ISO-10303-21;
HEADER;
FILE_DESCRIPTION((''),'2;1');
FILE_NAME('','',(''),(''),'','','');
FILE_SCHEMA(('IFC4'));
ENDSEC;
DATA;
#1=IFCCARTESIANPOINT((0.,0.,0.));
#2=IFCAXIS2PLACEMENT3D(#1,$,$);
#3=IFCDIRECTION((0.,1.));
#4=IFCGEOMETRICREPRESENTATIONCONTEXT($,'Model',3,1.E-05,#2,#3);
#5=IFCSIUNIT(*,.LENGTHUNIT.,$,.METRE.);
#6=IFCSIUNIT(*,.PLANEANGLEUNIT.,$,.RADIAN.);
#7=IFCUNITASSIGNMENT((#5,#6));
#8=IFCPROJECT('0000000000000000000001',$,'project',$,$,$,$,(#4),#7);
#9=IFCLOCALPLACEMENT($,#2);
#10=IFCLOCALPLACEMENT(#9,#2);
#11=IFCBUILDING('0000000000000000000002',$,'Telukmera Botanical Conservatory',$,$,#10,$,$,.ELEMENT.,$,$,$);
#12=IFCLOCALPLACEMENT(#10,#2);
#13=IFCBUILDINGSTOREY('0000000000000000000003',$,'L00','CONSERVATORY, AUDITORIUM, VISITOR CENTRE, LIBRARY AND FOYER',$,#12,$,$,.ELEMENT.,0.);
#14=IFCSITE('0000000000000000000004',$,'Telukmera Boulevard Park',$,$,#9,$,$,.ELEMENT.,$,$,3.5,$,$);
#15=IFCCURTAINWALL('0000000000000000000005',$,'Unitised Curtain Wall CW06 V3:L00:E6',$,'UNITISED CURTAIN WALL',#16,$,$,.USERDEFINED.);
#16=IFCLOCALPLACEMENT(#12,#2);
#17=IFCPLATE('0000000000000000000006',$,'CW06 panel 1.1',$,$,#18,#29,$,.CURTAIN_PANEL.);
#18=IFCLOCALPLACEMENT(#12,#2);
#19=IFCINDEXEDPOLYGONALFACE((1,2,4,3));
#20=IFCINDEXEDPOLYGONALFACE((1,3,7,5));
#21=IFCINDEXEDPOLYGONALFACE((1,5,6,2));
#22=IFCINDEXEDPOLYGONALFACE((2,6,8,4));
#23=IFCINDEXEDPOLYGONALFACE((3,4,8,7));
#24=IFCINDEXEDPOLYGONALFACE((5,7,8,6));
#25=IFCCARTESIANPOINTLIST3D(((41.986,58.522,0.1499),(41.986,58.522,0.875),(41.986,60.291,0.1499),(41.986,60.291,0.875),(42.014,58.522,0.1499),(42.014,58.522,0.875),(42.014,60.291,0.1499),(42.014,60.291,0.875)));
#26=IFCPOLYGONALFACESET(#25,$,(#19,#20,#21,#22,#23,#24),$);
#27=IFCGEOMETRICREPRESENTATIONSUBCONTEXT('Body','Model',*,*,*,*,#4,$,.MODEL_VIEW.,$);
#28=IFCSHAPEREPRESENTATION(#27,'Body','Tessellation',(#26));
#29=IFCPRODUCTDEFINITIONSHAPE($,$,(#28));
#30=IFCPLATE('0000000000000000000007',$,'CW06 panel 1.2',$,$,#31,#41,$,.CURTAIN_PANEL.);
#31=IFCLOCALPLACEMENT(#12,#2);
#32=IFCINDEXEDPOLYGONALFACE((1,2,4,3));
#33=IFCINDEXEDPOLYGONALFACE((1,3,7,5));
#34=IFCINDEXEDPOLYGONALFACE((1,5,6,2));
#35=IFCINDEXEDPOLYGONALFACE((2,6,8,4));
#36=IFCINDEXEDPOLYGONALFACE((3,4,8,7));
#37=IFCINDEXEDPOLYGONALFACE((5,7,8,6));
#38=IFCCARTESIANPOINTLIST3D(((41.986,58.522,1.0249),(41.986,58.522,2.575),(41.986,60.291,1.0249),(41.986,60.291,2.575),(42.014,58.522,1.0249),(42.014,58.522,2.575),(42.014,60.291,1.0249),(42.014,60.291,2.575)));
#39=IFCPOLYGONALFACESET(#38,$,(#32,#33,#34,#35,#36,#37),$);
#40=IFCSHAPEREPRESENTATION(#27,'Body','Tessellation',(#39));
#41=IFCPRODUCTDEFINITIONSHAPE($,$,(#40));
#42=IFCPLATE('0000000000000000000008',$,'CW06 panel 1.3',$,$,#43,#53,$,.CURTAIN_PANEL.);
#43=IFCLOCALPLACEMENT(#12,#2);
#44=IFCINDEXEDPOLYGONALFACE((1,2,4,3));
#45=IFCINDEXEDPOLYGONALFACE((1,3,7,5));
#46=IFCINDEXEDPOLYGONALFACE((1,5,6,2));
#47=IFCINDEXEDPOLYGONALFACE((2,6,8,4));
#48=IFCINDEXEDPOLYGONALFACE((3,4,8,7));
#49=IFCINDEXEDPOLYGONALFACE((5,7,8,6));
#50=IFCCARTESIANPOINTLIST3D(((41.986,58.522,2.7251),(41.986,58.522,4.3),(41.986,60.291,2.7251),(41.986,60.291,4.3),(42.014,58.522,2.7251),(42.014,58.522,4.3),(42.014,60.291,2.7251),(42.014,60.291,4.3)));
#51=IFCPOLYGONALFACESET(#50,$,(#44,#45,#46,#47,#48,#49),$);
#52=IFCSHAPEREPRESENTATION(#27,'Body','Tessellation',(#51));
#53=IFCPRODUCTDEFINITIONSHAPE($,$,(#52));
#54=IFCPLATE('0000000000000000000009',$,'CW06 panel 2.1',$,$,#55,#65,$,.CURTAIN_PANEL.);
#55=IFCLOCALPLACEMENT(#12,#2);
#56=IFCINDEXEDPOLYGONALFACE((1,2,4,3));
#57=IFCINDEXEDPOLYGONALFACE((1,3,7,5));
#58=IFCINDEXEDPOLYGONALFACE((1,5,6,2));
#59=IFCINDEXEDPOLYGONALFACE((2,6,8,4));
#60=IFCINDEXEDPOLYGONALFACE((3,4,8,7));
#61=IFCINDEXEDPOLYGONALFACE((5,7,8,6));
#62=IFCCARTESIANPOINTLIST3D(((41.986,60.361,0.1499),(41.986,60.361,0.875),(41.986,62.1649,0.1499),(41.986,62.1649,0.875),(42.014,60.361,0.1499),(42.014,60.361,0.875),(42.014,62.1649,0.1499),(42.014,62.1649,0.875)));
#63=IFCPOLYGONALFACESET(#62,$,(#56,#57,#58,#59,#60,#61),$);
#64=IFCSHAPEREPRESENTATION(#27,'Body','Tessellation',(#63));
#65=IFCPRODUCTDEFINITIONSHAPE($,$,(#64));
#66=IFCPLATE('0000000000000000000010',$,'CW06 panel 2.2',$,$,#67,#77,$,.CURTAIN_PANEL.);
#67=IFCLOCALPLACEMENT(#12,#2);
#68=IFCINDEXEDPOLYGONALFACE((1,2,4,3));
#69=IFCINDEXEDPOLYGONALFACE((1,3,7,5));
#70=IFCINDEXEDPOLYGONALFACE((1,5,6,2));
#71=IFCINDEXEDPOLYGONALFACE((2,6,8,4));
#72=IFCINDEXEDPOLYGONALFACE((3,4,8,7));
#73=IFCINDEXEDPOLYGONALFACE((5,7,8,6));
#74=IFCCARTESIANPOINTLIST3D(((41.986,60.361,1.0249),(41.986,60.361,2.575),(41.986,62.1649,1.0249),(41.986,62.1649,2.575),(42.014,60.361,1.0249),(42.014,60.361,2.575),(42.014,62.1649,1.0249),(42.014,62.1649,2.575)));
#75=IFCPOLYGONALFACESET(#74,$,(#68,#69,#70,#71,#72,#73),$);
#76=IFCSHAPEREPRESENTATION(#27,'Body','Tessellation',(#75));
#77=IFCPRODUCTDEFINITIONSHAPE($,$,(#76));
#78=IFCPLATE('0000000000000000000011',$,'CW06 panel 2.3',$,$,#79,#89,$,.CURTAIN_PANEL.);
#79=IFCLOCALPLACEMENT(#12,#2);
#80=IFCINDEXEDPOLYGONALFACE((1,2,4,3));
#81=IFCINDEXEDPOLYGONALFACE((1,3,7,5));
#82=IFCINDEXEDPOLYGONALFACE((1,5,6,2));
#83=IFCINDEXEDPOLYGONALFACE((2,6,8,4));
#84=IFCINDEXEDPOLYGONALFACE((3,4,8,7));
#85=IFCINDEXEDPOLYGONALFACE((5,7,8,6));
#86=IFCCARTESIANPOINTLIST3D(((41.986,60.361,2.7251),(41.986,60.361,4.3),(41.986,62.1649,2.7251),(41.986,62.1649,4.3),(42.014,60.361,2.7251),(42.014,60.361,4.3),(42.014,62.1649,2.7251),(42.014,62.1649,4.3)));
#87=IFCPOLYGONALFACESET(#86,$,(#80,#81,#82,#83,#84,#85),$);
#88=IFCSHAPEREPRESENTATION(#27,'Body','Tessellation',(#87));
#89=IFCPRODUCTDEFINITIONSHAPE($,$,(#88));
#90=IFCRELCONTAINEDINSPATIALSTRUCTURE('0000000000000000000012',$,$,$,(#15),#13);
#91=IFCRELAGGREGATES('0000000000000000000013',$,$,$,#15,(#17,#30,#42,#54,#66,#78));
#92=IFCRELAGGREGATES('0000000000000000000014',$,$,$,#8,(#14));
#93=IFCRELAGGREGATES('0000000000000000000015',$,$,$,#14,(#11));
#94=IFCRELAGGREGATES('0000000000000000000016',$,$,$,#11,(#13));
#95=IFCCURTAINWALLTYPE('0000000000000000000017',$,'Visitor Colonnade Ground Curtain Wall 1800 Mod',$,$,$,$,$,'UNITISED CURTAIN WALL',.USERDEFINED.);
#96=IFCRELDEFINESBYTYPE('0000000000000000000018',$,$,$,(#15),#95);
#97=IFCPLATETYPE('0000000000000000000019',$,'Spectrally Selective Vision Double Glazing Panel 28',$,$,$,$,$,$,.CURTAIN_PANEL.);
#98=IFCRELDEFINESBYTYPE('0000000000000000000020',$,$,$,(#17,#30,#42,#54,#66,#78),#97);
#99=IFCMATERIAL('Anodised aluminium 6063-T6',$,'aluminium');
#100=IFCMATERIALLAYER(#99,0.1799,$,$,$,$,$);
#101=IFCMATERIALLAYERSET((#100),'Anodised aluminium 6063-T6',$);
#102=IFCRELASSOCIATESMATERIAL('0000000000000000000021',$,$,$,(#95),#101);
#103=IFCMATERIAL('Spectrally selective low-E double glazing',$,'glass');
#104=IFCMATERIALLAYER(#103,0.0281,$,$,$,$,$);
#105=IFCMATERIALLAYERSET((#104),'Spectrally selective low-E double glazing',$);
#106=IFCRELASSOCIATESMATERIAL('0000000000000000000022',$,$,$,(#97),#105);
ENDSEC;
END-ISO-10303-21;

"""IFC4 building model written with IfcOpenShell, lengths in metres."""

from ifc_helpers import new_model, si_unit, direction, frame, origin, origin_2d, place, context, subcontext, project, spatial, rectangle, extrude, material, layer, layer_set, type_object, element, aggregate, save


model = new_model("IFC4")

# Units and contexts
model_context = context("Model", 3, precision=1e-05, world=origin(), true_north=direction((0.0, 1.0)))
body_context = subcontext(model_context, "Body", "Model", "MODEL_VIEW")
ifc_project = project(units=[si_unit("LENGTHUNIT", "METRE"), si_unit("PLANEANGLEUNIT", "RADIAN")], contexts=[model_context])

# Site, building, storey
site_placement = place(None, origin())
site = spatial("IfcSite", under=ifc_project, at=site_placement, Name="Telukmera Boulevard Park", CompositionType="ELEMENT", RefElevation=3.5)
building_placement = place(site_placement, origin())
building = spatial("IfcBuilding", under=site, at=building_placement, Name="Telukmera Botanical Conservatory", CompositionType="ELEMENT")
storey_placement = place(building_placement, origin())
storey = spatial("IfcBuildingStorey", under=building, at=storey_placement, Name="L00", Description="CONSERVATORY, AUDITORIUM, VISITOR CENTRE, LIBRARY AND FOYER", CompositionType="ELEMENT", Elevation=0.0)

# Curtain wall, plates
ifc_material_1 = material(Name="Anodised aluminium 6063-T6", Category="aluminium")
ifc_layer_1 = layer(ifc_material_1, 0.1799)
ifc_layer_set_1 = layer_set([ifc_layer_1], Name="Anodised aluminium 6063-T6")
curtain_wall_type = type_object("IfcCurtainWallType", Name="Visitor Colonnade Ground Curtain Wall 1800 Mod", ElementType="UNITISED CURTAIN WALL", PredefinedType="USERDEFINED", material=ifc_layer_set_1)
curtain_wall_placement = place(storey_placement, origin())
curtain_wall = element("IfcCurtainWall", 1, at=curtain_wall_placement, inside=storey, type_object=curtain_wall_type, Name="Unitised Curtain Wall CW06 V3:L00:E6", ObjectType="UNITISED CURTAIN WALL", PredefinedType="USERDEFINED")
ifc_material_2 = material(Name="Spectrally selective low-E double glazing", Category="glass")
ifc_layer_2 = layer(ifc_material_2, 0.0281)
ifc_layer_set_2 = layer_set([ifc_layer_2], Name="Spectrally selective low-E double glazing")
plate_type = type_object("IfcPlateType", Name="Spectrally Selective Vision Double Glazing Panel 28", PredefinedType="CURTAIN_PANEL", material=ifc_layer_set_2)
plate_1_placement = place(storey_placement, frame((42.0, 59.4065, 0.1499), z_axis=(0.0, 0.0, 1.0), x_axis=(0.0, 1.0, 0.0)))
plate_1 = element("IfcPlate", 2, at=plate_1_placement, type_object=plate_type, Name="CW06 panel 1.1", PredefinedType="CURTAIN_PANEL", context=body_context, shape_type="SweptSolid", body=[
    extrude(rectangle(XDim=1.769, YDim=0.0281, at=origin_2d()), origin(), (0.0, 0.0, 1.0), 0.7251),
])
plate_2_placement = place(storey_placement, frame((42.0, 59.4065, 1.0249), z_axis=(0.0, 0.0, 1.0), x_axis=(0.0, 1.0, 0.0)))
plate_2 = element("IfcPlate", 3, at=plate_2_placement, type_object=plate_type, Name="CW06 panel 1.2", PredefinedType="CURTAIN_PANEL", context=body_context, shape_type="SweptSolid", body=[
    extrude(rectangle(XDim=1.769, YDim=0.0281, at=origin_2d()), origin(), (0.0, 0.0, 1.0), 1.55),
])
plate_3_placement = place(storey_placement, frame((42.0, 59.4065, 2.7251), z_axis=(0.0, 0.0, 1.0), x_axis=(0.0, 1.0, 0.0)))
plate_3 = element("IfcPlate", 4, at=plate_3_placement, type_object=plate_type, Name="CW06 panel 1.3", PredefinedType="CURTAIN_PANEL", context=body_context, shape_type="SweptSolid", body=[
    extrude(rectangle(XDim=1.769, YDim=0.0281, at=origin_2d()), origin(), (0.0, 0.0, 1.0), 1.575),
])
plate_4_placement = place(storey_placement, frame((42.0, 61.2629, 0.1499), z_axis=(0.0, 0.0, 1.0), x_axis=(0.0, 1.0, 0.0)))
plate_4 = element("IfcPlate", 5, at=plate_4_placement, type_object=plate_type, Name="CW06 panel 2.1", PredefinedType="CURTAIN_PANEL", context=body_context, shape_type="SweptSolid", body=[
    extrude(rectangle(XDim=1.804, YDim=0.0281, at=origin_2d()), origin(), (0.0, 0.0, 1.0), 0.7251),
])
plate_5_placement = place(storey_placement, frame((42.0, 61.2629, 1.0249), z_axis=(0.0, 0.0, 1.0), x_axis=(0.0, 1.0, 0.0)))
plate_5 = element("IfcPlate", 6, at=plate_5_placement, type_object=plate_type, Name="CW06 panel 2.2", PredefinedType="CURTAIN_PANEL", context=body_context, shape_type="SweptSolid", body=[
    extrude(rectangle(XDim=1.804, YDim=0.0281, at=origin_2d()), origin(), (0.0, 0.0, 1.0), 1.55),
])
plate_6_placement = place(storey_placement, frame((42.0, 61.2629, 2.7251), z_axis=(0.0, 0.0, 1.0), x_axis=(0.0, 1.0, 0.0)))
plate_6 = element("IfcPlate", 7, at=plate_6_placement, type_object=plate_type, Name="CW06 panel 2.3", PredefinedType="CURTAIN_PANEL", context=body_context, shape_type="SweptSolid", body=[
    extrude(rectangle(XDim=1.804, YDim=0.0281, at=origin_2d()), origin(), (0.0, 0.0, 1.0), 1.575),
])
aggregate(curtain_wall, [plate_1, plate_2, plate_3, plate_4, plate_5, plate_6])

save(model, "model.ifc")
